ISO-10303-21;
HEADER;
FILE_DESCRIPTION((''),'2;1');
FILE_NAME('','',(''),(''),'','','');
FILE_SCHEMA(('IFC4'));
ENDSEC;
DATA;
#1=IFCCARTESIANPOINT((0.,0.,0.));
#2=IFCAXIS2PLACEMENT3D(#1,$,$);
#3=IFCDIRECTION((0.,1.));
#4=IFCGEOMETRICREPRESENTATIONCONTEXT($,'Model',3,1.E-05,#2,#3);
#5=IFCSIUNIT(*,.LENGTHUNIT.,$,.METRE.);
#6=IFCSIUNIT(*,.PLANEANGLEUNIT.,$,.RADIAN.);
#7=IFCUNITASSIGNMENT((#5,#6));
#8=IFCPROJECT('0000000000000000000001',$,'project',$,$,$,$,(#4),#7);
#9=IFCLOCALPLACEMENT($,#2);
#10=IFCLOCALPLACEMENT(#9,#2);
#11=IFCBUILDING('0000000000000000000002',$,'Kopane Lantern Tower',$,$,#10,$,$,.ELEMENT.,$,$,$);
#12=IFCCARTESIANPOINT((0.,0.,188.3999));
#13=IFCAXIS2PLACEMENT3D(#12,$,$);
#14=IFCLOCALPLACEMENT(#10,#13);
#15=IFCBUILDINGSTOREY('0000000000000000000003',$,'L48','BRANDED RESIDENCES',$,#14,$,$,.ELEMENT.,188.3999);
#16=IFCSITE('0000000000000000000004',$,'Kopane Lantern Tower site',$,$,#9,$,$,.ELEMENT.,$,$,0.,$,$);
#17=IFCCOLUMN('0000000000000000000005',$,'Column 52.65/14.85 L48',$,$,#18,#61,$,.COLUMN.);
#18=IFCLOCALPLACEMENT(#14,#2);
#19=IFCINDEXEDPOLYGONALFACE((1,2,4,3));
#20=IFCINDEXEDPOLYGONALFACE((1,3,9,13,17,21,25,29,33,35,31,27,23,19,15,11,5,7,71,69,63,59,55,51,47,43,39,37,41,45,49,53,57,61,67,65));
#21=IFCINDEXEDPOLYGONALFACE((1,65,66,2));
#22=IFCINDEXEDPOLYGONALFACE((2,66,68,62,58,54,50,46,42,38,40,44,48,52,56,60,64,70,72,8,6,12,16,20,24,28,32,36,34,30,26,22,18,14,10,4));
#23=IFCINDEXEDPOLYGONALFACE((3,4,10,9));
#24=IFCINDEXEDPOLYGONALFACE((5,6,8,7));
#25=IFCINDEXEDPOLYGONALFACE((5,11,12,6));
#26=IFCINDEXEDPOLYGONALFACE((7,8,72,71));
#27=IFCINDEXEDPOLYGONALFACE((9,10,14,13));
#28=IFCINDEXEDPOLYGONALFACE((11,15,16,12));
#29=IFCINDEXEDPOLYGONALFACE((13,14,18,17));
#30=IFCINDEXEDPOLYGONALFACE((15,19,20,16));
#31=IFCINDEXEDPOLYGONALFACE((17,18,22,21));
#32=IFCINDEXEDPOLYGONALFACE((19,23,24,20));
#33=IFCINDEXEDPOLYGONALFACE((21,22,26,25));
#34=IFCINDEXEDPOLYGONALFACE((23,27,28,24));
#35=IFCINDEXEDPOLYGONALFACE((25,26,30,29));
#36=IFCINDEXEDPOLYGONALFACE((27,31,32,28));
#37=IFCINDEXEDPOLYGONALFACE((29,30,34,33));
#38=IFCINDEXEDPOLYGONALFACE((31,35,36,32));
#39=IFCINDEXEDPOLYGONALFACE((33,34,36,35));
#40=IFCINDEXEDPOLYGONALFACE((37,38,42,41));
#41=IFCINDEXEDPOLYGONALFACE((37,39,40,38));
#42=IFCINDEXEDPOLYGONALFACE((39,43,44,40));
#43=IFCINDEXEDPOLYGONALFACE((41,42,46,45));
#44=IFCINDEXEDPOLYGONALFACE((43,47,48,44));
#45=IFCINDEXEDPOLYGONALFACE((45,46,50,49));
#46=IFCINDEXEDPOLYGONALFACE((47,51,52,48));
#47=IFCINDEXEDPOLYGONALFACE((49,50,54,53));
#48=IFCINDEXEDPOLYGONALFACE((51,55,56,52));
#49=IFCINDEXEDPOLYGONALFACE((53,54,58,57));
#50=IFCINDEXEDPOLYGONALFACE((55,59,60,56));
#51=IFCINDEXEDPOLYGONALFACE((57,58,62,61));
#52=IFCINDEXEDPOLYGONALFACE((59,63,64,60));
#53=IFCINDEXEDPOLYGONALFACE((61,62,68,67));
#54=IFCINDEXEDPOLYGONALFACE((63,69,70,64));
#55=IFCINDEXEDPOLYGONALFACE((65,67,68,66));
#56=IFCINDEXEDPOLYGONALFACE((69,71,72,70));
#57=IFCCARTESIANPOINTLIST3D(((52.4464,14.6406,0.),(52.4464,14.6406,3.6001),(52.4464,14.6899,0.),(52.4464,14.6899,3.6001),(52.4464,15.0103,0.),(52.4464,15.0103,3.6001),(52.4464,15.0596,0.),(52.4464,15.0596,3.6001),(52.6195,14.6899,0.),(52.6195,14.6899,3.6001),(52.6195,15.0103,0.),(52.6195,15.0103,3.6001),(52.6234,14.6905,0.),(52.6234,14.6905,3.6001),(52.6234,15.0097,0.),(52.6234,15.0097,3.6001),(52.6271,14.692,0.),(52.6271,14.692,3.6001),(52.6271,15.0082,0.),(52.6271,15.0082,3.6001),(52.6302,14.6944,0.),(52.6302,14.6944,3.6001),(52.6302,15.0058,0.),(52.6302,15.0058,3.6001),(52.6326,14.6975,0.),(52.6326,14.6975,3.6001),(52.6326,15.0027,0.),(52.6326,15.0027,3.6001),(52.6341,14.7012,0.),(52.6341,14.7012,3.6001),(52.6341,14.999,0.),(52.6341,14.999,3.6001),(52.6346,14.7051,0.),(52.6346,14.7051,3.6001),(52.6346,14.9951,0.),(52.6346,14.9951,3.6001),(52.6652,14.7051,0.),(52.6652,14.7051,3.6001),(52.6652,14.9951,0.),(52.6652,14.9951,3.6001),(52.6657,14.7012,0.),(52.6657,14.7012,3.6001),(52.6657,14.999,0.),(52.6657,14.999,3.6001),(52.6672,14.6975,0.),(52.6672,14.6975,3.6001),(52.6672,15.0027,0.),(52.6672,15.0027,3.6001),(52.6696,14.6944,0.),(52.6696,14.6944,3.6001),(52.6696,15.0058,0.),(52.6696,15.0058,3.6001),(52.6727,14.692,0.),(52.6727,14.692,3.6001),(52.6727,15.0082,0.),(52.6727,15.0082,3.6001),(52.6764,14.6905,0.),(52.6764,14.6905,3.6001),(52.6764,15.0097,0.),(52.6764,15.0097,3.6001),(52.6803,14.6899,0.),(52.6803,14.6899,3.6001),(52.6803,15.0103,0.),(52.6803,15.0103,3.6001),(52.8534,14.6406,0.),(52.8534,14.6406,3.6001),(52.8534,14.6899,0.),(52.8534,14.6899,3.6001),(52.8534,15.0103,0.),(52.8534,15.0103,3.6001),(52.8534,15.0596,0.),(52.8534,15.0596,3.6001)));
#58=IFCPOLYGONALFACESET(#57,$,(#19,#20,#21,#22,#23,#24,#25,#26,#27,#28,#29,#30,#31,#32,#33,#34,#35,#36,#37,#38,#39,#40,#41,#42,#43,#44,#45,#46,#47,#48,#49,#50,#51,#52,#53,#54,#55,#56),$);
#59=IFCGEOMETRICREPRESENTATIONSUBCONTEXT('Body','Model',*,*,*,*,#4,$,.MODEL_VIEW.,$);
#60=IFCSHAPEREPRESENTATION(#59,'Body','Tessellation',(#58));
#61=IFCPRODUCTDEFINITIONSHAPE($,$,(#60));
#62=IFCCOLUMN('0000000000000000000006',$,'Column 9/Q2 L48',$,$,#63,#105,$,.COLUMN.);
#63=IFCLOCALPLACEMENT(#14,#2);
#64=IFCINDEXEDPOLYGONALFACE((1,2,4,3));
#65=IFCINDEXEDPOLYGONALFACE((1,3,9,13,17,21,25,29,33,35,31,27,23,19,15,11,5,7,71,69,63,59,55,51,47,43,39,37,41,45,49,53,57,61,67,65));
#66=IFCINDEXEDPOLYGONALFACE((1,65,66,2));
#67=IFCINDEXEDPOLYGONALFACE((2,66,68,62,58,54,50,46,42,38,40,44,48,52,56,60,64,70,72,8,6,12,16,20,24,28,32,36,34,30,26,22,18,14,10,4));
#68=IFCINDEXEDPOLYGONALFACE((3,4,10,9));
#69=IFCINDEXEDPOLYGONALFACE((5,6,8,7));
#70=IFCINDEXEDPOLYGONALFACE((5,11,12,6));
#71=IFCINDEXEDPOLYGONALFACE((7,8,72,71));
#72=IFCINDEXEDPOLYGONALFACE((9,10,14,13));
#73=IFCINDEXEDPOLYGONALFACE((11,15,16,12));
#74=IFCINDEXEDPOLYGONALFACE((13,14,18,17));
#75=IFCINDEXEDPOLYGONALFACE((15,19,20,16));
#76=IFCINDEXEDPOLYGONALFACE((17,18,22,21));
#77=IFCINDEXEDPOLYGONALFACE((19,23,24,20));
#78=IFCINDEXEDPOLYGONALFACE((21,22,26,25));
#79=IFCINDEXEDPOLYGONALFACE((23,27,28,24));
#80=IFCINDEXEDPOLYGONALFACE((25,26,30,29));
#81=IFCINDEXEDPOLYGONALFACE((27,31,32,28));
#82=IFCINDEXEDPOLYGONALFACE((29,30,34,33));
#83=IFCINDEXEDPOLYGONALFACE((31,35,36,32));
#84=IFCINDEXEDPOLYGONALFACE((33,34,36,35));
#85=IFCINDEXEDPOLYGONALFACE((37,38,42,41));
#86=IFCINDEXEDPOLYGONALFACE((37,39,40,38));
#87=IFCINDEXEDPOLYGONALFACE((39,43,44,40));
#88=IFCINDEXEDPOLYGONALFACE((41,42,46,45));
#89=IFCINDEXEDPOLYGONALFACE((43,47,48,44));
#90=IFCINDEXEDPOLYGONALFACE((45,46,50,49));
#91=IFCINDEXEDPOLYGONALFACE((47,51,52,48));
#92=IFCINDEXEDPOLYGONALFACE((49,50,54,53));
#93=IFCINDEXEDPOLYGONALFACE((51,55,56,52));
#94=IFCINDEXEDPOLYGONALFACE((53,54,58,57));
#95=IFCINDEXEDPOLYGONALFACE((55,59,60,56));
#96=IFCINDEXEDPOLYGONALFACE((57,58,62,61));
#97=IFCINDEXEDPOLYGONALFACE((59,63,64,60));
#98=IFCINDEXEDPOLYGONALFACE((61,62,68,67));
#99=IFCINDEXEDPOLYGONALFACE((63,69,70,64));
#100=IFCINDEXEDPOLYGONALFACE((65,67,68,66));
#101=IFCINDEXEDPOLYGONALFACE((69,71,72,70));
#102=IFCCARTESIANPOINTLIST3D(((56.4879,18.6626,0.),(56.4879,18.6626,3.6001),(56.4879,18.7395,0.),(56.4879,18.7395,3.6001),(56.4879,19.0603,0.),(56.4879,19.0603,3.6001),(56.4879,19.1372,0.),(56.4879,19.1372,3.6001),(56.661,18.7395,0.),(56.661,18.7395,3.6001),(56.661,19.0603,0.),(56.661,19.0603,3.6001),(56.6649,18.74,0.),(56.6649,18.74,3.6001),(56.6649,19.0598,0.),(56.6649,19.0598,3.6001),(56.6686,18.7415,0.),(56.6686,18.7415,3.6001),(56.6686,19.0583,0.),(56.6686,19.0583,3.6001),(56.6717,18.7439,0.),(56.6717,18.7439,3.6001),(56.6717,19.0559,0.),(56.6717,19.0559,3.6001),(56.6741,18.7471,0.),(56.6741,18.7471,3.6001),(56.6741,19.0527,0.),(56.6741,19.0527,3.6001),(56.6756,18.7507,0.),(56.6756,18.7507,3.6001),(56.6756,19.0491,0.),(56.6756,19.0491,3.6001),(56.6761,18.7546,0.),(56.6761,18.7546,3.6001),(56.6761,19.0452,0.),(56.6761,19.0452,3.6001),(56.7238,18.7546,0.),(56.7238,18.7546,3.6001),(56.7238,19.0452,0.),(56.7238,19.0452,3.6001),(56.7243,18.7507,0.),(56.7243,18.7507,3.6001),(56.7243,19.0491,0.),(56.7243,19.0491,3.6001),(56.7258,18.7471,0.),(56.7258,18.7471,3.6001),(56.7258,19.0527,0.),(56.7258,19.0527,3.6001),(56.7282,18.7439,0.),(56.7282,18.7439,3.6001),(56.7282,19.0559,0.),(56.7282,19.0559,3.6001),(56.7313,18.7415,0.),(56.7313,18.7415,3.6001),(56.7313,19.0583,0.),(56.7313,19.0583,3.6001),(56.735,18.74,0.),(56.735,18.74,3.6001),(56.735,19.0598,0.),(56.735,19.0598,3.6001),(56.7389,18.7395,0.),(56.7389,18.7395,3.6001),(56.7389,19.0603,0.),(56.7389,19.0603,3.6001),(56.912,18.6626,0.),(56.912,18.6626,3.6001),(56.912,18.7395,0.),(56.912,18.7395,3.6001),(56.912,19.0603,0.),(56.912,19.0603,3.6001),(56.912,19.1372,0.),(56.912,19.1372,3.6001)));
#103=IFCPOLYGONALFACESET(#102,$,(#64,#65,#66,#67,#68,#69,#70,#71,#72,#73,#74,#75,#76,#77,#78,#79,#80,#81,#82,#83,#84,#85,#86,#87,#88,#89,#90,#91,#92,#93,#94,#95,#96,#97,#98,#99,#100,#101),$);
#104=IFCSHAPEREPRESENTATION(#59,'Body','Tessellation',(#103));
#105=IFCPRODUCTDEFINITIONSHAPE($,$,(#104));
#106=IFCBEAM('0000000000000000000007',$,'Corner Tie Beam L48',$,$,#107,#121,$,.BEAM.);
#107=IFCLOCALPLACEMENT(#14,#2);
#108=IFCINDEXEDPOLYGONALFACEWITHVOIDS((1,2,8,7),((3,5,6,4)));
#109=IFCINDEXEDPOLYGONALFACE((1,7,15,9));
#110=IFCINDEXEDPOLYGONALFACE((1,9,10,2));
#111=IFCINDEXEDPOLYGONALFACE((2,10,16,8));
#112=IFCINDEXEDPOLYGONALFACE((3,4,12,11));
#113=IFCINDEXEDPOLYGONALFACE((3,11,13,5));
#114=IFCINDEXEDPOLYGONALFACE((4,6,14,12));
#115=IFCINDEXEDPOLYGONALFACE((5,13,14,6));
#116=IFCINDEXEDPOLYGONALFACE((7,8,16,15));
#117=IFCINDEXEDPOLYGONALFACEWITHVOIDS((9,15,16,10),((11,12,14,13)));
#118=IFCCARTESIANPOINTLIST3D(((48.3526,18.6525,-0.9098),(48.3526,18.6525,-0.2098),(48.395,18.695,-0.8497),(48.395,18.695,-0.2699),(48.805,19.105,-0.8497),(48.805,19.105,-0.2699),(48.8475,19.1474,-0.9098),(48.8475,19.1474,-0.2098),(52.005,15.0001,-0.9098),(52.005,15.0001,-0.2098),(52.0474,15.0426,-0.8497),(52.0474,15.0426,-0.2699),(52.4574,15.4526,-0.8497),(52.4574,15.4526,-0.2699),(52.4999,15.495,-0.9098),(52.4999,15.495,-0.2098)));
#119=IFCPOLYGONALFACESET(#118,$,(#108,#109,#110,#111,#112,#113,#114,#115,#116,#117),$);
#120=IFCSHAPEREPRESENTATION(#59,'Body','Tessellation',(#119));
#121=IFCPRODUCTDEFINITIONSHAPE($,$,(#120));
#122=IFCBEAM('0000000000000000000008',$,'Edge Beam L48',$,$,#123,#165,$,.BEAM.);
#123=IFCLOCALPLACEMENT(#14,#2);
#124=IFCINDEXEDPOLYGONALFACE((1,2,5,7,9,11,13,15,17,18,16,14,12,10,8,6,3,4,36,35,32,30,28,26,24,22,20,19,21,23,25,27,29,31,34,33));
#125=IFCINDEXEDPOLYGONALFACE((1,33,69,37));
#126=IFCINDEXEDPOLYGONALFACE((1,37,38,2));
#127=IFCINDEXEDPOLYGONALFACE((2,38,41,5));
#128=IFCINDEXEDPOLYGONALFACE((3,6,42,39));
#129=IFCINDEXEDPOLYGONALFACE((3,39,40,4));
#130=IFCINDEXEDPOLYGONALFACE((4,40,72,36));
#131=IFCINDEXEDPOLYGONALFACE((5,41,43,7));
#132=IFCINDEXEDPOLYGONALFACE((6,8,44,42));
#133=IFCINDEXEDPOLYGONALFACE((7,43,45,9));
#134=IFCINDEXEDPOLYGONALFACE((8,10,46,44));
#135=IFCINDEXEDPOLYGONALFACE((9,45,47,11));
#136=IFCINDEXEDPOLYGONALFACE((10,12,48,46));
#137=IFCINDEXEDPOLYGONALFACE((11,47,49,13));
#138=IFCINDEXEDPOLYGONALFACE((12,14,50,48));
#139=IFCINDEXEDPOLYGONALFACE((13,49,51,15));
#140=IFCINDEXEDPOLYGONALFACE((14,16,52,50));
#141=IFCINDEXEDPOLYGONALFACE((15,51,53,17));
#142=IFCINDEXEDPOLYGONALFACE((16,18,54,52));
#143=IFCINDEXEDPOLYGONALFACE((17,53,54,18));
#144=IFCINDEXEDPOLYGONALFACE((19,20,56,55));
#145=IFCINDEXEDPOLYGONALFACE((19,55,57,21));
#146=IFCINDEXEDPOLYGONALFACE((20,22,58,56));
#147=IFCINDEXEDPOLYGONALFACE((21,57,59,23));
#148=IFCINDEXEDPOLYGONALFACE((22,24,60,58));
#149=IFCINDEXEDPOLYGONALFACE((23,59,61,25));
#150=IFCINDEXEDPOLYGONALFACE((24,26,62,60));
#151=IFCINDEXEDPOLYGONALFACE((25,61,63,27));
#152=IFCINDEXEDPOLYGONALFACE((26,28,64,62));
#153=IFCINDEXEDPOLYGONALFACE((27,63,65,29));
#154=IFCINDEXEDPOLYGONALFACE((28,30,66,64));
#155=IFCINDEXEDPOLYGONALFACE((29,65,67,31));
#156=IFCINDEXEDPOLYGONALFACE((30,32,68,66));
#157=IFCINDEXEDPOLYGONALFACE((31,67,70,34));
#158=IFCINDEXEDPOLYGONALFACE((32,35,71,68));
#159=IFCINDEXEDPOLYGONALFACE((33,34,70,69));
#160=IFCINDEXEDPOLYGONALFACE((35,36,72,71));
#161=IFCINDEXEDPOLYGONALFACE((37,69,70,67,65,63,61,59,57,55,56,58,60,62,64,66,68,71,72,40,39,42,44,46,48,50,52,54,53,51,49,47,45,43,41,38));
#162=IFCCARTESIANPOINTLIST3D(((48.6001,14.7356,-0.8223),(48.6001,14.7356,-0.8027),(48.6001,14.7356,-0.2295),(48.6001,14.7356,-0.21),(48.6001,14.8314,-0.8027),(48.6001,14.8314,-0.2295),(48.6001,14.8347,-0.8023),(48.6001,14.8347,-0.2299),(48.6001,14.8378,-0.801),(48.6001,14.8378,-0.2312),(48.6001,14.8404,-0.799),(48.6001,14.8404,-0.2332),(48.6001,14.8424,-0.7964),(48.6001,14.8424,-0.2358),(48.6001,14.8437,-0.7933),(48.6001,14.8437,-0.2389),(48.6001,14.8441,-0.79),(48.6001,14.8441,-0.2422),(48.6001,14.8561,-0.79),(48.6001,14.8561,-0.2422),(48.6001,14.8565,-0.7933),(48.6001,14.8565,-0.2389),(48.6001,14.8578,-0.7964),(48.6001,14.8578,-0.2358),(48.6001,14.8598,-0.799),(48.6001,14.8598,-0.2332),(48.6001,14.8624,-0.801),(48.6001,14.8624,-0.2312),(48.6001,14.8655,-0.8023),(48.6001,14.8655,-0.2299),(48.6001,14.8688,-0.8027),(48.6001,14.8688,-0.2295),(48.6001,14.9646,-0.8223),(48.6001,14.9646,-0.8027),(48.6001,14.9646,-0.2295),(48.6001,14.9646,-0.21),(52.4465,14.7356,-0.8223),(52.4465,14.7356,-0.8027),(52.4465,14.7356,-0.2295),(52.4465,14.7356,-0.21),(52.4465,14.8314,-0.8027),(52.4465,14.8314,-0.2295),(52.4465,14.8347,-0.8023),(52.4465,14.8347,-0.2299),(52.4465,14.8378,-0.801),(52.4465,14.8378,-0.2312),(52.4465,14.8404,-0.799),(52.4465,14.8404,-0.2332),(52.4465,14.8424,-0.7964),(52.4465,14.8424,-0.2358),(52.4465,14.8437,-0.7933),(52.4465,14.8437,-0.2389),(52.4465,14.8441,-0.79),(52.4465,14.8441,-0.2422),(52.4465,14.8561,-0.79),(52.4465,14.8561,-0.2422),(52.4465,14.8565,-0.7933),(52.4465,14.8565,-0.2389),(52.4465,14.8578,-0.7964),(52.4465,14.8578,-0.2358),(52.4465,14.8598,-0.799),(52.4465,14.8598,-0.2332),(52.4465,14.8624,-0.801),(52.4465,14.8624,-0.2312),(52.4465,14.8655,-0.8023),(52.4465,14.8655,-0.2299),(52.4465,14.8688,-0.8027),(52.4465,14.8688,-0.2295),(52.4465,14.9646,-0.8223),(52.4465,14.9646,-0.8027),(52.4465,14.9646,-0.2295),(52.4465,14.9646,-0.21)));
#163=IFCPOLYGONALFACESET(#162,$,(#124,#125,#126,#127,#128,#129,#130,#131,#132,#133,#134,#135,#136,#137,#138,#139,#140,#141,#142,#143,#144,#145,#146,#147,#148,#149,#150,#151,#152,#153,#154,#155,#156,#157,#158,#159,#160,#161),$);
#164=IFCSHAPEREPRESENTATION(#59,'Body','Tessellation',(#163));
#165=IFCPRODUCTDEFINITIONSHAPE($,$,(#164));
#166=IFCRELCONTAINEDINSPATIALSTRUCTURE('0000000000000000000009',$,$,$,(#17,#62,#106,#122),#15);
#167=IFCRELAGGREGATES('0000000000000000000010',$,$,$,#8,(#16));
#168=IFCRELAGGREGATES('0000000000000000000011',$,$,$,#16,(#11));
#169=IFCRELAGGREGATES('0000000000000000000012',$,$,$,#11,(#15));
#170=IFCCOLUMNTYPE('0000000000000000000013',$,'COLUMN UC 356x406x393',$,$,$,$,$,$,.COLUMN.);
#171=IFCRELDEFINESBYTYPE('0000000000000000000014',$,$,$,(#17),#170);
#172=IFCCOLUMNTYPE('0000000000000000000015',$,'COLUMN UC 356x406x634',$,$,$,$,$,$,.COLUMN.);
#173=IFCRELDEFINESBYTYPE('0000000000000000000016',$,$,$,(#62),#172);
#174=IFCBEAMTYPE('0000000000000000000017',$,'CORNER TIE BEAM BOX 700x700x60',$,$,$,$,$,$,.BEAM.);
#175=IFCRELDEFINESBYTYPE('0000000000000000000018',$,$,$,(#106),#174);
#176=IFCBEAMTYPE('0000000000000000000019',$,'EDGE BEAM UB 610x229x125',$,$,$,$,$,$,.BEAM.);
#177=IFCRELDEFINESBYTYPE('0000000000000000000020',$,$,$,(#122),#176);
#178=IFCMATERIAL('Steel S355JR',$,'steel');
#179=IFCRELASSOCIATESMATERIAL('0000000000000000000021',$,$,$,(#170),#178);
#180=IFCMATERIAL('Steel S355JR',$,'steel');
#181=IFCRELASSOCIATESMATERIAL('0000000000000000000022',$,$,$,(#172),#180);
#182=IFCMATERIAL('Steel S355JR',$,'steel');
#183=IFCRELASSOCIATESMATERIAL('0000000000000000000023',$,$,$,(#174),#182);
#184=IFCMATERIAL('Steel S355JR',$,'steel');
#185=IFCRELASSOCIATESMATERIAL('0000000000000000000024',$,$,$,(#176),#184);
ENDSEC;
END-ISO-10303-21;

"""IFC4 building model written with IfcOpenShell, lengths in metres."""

from ifc_helpers import new_model, si_unit, direction, frame, origin, origin_2d, place, context, subcontext, project, spatial, hollow_rectangle, i_section, extrude, material, material_profile, profile_set, type_object, element, save


model = new_model("IFC4")

# Units and contexts
model_context = context("Model", 3, precision=1e-05, world=origin(), true_north=direction((0.0, 1.0)))
body_context = subcontext(model_context, "Body", "Model", "MODEL_VIEW")
ifc_project = project(units=[si_unit("LENGTHUNIT", "METRE"), si_unit("PLANEANGLEUNIT", "RADIAN")], contexts=[model_context])

# Site, building, storey
site_placement = place(None, origin())
site = spatial("IfcSite", under=ifc_project, at=site_placement, Name="Kopane Lantern Tower site", CompositionType="ELEMENT", RefElevation=0.0)
building_placement = place(site_placement, origin())
building = spatial("IfcBuilding", under=site, at=building_placement, Name="Kopane Lantern Tower", CompositionType="ELEMENT")
storey_placement = place(building_placement, frame((0.0, 0.0, 188.3999)))
storey = spatial("IfcBuildingStorey", under=building, at=storey_placement, Name="L48", Description="BRANDED RESIDENCES", CompositionType="ELEMENT", Elevation=188.3999)

# Columns
ifc_material_1 = material(Name="Steel S355JR", Category="steel")
ifc_material_profile_1 = material_profile(ifc_material_1, i_section(OverallWidth=0.407, OverallDepth=0.4189, WebThickness=0.0305, FlangeThickness=0.0493, FilletRadius=0.0151, at=origin_2d()), Name="UC 356x406x393")
ifc_profile_set_1 = profile_set([ifc_material_profile_1], Name="Steel S355JR")
column_type_1 = type_object("IfcColumnType", Name="COLUMN UC 356x406x393", PredefinedType="COLUMN", material=ifc_profile_set_1)
column_1_placement = place(storey_placement, frame((52.6499, 14.8501, 0.0), z_axis=(0.0, 0.0, 1.0), x_axis=(1.0, 0.0, 0.0)))
element("IfcColumn", 1, at=column_1_placement, inside=storey, type_object=column_type_1, Name="Column 52.65/14.85 L48", PredefinedType="COLUMN", context=body_context, shape_type="SweptSolid", body=[
    extrude(i_section(OverallWidth=0.407, OverallDepth=0.4189, WebThickness=0.0305, FlangeThickness=0.0493, FilletRadius=0.0151, at=origin_2d()), origin(), (0.0, 0.0, 1.0), 3.6001),
])
ifc_material_2 = material(Name="Steel S355JR", Category="steel")
ifc_material_profile_2 = material_profile(ifc_material_2, i_section(OverallWidth=0.4241, OverallDepth=0.4746, WebThickness=0.0476, FlangeThickness=0.0769, FilletRadius=0.0151, at=origin_2d()), Name="UC 356x406x634")
ifc_profile_set_2 = profile_set([ifc_material_profile_2], Name="Steel S355JR")
column_type_2 = type_object("IfcColumnType", Name="COLUMN UC 356x406x634", PredefinedType="COLUMN", material=ifc_profile_set_2)
column_2_placement = place(storey_placement, frame((56.7, 18.8999, 0.0), z_axis=(0.0, 0.0, 1.0), x_axis=(1.0, 0.0, 0.0)))
element("IfcColumn", 2, at=column_2_placement, inside=storey, type_object=column_type_2, Name="Column 9/Q2 L48", PredefinedType="COLUMN", context=body_context, shape_type="SweptSolid", body=[
    extrude(i_section(OverallWidth=0.4241, OverallDepth=0.4746, WebThickness=0.0476, FlangeThickness=0.0769, FilletRadius=0.0151, at=origin_2d()), origin(), (0.0, 0.0, 1.0), 3.6001),
])

# Beams
ifc_material_3 = material(Name="Steel S355JR", Category="steel")
ifc_material_profile_3 = material_profile(ifc_material_3, hollow_rectangle(XDim=0.7, YDim=0.7, WallThickness=0.0601, at=origin_2d()), Name="BOX 700x700x60")
ifc_profile_set_3 = profile_set([ifc_material_profile_3], Name="Steel S355JR")
beam_type_1 = type_object("IfcBeamType", Name="CORNER TIE BEAM BOX 700x700x60", PredefinedType="BEAM", material=ifc_profile_set_3)
beam_1_placement = place(storey_placement, frame((52.2524, 15.2476, -0.5598), z_axis=(-0.707107, 0.707107, 0.0), x_axis=(-0.707107, -0.707107, 0.0)))
element("IfcBeam", 3, at=beam_1_placement, inside=storey, type_object=beam_type_1, Name="Corner Tie Beam L48", PredefinedType="BEAM", context=body_context, shape_type="SweptSolid", body=[
    extrude(hollow_rectangle(XDim=0.7, YDim=0.7, WallThickness=0.0601, at=origin_2d()), origin(), (0.0, 0.0, 1.0), 5.1653),
])
ifc_material_4 = material(Name="Steel S355JR", Category="steel")
ifc_material_profile_4 = material_profile(ifc_material_4, i_section(OverallWidth=0.229, OverallDepth=0.6123, WebThickness=0.012, FlangeThickness=0.0195, FilletRadius=0.0127, at=origin_2d()), Name="UB 610x229x125")
ifc_profile_set_4 = profile_set([ifc_material_profile_4], Name="Steel S355JR")
beam_type_2 = type_object("IfcBeamType", Name="EDGE BEAM UB 610x229x125", PredefinedType="BEAM", material=ifc_profile_set_4)
for number, where, z_axis, x_axis, name in (
    (4, (52.4465, 14.8501, -0.5161), (-1.0, 0.0, 0.0), (0.0, -1.0, 0.0), "Edge Beam L48"),
):
    element("IfcBeam", number, at=place(storey_placement, frame(where, z_axis=z_axis, x_axis=x_axis)), inside=storey, type_object=beam_type_2, Name=name, PredefinedType="BEAM", context=body_context, shape_type="SweptSolid", body=[
        extrude(i_section(OverallWidth=0.229, OverallDepth=0.6123, WebThickness=0.012, FlangeThickness=0.0195, FilletRadius=0.0127, at=origin_2d()), origin(), (0.0, 0.0, 1.0), 3.8464),
    ])

save(model, "model.ifc")
